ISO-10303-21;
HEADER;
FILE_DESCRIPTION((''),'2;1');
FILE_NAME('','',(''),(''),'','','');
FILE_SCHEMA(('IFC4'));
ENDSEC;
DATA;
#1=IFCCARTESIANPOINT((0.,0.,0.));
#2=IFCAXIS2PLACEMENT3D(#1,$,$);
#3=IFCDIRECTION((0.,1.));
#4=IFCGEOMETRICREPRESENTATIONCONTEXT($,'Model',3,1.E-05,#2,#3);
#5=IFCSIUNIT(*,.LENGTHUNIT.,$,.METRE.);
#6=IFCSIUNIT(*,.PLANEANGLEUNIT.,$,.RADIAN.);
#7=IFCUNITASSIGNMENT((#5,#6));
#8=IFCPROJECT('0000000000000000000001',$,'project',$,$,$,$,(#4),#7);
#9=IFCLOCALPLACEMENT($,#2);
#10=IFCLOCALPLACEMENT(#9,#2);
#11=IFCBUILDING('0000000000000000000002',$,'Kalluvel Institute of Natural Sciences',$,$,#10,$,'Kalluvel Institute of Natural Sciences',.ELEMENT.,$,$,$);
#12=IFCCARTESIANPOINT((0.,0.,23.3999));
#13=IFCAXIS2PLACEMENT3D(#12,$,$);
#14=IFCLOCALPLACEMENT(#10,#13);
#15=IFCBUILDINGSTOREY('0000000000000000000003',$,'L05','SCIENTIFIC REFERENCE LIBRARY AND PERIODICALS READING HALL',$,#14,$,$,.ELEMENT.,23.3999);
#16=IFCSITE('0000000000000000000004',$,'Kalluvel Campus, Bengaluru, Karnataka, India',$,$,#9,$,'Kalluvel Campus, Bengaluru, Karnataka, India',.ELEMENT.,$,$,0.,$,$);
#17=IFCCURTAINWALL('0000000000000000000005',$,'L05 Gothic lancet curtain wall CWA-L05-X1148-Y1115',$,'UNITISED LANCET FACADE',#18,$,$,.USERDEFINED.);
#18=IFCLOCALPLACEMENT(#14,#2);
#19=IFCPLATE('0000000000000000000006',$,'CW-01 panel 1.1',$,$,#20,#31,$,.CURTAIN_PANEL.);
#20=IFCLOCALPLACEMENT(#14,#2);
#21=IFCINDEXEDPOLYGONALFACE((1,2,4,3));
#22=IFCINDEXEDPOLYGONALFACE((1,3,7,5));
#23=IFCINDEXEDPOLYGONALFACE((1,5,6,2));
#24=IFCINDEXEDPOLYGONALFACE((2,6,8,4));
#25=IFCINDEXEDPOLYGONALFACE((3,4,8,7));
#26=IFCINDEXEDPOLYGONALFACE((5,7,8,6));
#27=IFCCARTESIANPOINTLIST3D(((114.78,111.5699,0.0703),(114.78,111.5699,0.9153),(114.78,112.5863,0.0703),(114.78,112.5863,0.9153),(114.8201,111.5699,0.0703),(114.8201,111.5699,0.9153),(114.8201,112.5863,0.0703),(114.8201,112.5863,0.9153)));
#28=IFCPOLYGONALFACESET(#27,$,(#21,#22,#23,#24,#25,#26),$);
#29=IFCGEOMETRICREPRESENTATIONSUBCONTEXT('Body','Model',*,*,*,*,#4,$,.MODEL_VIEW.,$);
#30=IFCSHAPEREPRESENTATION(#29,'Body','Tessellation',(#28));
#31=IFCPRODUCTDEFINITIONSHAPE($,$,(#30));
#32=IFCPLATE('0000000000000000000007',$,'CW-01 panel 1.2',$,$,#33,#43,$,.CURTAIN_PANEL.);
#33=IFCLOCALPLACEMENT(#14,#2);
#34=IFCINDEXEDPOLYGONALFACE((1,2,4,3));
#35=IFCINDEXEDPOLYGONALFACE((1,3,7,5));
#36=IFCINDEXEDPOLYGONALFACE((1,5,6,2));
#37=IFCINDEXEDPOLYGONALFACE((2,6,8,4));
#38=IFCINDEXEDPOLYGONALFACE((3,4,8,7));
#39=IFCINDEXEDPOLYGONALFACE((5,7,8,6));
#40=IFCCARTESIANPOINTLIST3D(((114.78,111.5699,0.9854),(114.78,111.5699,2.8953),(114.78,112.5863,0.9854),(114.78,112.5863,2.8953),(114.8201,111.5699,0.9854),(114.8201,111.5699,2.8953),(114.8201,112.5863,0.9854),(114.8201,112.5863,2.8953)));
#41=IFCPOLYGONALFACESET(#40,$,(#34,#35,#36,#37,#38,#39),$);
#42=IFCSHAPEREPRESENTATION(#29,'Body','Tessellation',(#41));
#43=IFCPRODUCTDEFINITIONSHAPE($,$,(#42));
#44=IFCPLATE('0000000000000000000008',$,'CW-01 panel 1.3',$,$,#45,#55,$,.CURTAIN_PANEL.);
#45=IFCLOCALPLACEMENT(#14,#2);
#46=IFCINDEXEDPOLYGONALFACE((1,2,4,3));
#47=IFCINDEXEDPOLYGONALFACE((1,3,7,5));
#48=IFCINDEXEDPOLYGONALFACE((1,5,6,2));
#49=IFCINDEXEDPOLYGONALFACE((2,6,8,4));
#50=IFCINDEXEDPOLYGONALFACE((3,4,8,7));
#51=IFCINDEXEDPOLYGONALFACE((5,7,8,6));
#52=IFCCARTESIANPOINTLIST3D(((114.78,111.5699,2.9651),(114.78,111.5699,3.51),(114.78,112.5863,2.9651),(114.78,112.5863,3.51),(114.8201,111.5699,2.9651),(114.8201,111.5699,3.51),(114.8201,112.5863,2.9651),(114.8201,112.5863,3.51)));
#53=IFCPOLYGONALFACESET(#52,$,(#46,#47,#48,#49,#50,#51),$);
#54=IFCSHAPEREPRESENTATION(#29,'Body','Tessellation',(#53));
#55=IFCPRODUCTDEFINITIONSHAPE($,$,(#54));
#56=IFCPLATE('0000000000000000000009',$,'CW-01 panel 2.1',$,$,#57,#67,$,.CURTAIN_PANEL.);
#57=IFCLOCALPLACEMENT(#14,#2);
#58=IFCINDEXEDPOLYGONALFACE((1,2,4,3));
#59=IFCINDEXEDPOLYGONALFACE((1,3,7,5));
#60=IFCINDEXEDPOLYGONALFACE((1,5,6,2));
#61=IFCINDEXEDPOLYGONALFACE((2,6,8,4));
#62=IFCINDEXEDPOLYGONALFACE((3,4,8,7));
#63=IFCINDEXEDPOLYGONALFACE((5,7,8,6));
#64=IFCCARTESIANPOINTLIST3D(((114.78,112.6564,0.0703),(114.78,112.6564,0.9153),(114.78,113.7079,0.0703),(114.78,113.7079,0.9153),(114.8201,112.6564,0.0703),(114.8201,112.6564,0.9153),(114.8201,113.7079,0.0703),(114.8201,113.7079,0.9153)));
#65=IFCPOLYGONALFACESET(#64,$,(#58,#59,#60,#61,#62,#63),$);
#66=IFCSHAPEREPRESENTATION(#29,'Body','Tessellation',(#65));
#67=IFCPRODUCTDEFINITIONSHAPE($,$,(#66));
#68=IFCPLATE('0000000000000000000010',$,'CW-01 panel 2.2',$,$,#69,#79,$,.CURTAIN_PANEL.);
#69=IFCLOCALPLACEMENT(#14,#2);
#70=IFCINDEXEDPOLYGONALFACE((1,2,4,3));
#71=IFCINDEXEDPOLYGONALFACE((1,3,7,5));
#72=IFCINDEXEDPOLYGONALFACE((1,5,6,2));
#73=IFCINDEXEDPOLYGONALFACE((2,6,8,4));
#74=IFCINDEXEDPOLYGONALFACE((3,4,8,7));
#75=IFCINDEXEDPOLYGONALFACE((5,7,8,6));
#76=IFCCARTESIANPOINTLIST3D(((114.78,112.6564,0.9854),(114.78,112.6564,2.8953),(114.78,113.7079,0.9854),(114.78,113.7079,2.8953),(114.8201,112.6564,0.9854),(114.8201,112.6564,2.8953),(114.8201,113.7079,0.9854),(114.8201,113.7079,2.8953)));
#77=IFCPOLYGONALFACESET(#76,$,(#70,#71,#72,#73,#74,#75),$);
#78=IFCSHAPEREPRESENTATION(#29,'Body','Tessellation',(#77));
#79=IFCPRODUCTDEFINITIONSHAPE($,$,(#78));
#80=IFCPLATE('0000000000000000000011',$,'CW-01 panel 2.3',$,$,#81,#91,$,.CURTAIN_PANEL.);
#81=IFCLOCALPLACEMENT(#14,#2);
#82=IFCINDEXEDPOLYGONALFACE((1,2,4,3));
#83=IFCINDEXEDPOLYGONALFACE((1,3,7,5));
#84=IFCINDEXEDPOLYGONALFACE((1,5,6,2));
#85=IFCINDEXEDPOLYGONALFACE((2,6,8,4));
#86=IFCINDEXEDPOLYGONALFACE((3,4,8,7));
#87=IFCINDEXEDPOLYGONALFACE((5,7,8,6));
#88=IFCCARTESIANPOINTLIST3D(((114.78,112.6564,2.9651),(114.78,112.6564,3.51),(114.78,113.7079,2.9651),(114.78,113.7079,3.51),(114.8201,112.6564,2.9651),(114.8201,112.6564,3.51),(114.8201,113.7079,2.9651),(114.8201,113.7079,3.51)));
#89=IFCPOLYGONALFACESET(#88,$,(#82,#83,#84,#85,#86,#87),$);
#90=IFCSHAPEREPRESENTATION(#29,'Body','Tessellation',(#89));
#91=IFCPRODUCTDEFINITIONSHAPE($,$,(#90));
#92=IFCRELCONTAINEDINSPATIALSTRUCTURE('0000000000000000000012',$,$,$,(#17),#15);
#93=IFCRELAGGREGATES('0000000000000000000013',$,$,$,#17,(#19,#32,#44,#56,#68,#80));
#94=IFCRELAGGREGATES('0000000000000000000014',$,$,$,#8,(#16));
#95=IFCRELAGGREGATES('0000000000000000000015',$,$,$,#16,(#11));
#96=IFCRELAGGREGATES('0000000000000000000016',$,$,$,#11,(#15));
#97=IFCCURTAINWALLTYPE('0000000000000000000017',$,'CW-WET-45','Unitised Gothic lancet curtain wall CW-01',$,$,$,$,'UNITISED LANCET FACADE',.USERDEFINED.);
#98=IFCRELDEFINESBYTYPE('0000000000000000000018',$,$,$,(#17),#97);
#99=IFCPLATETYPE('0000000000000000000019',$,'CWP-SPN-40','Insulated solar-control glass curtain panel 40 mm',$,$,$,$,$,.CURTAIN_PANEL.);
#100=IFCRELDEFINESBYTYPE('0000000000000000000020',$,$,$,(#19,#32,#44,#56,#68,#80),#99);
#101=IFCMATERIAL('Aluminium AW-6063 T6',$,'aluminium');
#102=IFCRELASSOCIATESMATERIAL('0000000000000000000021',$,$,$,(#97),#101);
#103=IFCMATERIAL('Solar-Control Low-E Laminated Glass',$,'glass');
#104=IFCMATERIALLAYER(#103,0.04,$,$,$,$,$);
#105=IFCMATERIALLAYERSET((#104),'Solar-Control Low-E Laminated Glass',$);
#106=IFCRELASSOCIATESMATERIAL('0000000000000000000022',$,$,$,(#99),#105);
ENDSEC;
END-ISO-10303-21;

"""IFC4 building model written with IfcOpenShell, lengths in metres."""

from ifc_helpers import new_model, si_unit, direction, frame, origin, origin_2d, place, context, subcontext, project, spatial, rectangle, extrude, material, layer, layer_set, type_object, element, aggregate, save


model = new_model("IFC4")

# Units and contexts
model_context = context("Model", 3, precision=1e-05, world=origin(), true_north=direction((0.0, 1.0)))
body_context = subcontext(model_context, "Body", "Model", "MODEL_VIEW")
ifc_project = project(units=[si_unit("LENGTHUNIT", "METRE"), si_unit("PLANEANGLEUNIT", "RADIAN")], contexts=[model_context])

# Site, building, storey
site_placement = place(None, origin())
site = spatial("IfcSite", under=ifc_project, at=site_placement, Name="Kalluvel Campus, Bengaluru, Karnataka, India", LongName="Kalluvel Campus, Bengaluru, Karnataka, India", CompositionType="ELEMENT", RefElevation=0.0)
building_placement = place(site_placement, origin())
building = spatial("IfcBuilding", under=site, at=building_placement, Name="Kalluvel Institute of Natural Sciences", LongName="Kalluvel Institute of Natural Sciences", CompositionType="ELEMENT")
storey_placement = place(building_placement, frame((0.0, 0.0, 23.3999)))
storey = spatial("IfcBuildingStorey", under=building, at=storey_placement, Name="L05", Description="SCIENTIFIC REFERENCE LIBRARY AND PERIODICALS READING HALL", CompositionType="ELEMENT", Elevation=23.3999)

# Curtain wall
ifc_material_1 = material(Name="Aluminium AW-6063 T6", Category="aluminium")
curtain_wall_type = type_object("IfcCurtainWallType", Name="CW-WET-45", Description="Unitised Gothic lancet curtain wall CW-01", ElementType="UNITISED LANCET FACADE", PredefinedType="USERDEFINED", material=ifc_material_1)
curtain_wall_1_placement = place(storey_placement, origin())
curtain_wall_1 = element("IfcCurtainWall", 1, at=curtain_wall_1_placement, inside=storey, type_object=curtain_wall_type, Name="L05 Gothic lancet curtain wall CWA-L05-X1148-Y1115", ObjectType="UNITISED LANCET FACADE", PredefinedType="USERDEFINED")

# Plates
ifc_material_2 = material(Name="Solar-Control Low-E Laminated Glass", Category="glass")
ifc_layer = layer(ifc_material_2, 0.04)
ifc_layer_set = layer_set([ifc_layer], Name="Solar-Control Low-E Laminated Glass")
plate_type = type_object("IfcPlateType", Name="CWP-SPN-40", Description="Insulated solar-control glass curtain panel 40 mm", PredefinedType="CURTAIN_PANEL", material=ifc_layer_set)
plate_1_placement = place(storey_placement, frame((114.8, 112.0781, 0.0703), z_axis=(0.0, 0.0, 1.0), x_axis=(0.0, 1.0, 0.0)))
plate_1 = element("IfcPlate", 2, at=plate_1_placement, type_object=plate_type, Name="CW-01 panel 1.1", PredefinedType="CURTAIN_PANEL", context=body_context, shape_type="SweptSolid", body=[
    extrude(rectangle(XDim=1.0164, YDim=0.04, at=origin_2d()), origin(), (0.0, 0.0, 1.0), 0.845),
])
plate_2_placement = place(storey_placement, frame((114.8, 112.0781, 0.9854), z_axis=(0.0, 0.0, 1.0), x_axis=(0.0, 1.0, 0.0)))
plate_2 = element("IfcPlate", 3, at=plate_2_placement, type_object=plate_type, Name="CW-01 panel 1.2", PredefinedType="CURTAIN_PANEL", context=body_context, shape_type="SweptSolid", body=[
    extrude(rectangle(XDim=1.0164, YDim=0.04, at=origin_2d()), origin(), (0.0, 0.0, 1.0), 1.9099),
])
plate_3_placement = place(storey_placement, frame((114.8, 112.0781, 2.9651), z_axis=(0.0, 0.0, 1.0), x_axis=(0.0, 1.0, 0.0)))
plate_3 = element("IfcPlate", 4, at=plate_3_placement, type_object=plate_type, Name="CW-01 panel 1.3", PredefinedType="CURTAIN_PANEL", context=body_context, shape_type="SweptSolid", body=[
    extrude(rectangle(XDim=1.0164, YDim=0.04, at=origin_2d()), origin(), (0.0, 0.0, 1.0), 0.5449),
])
plate_4_placement = place(storey_placement, frame((114.8, 113.1821, 0.0703), z_axis=(0.0, 0.0, 1.0), x_axis=(0.0, 1.0, 0.0)))
plate_4 = element("IfcPlate", 5, at=plate_4_placement, type_object=plate_type, Name="CW-01 panel 2.1", PredefinedType="CURTAIN_PANEL", context=body_context, shape_type="SweptSolid", body=[
    extrude(rectangle(XDim=1.0515, YDim=0.04, at=origin_2d()), origin(), (0.0, 0.0, 1.0), 0.845),
])
plate_5_placement = place(storey_placement, frame((114.8, 113.1821, 0.9854), z_axis=(0.0, 0.0, 1.0), x_axis=(0.0, 1.0, 0.0)))
plate_5 = element("IfcPlate", 6, at=plate_5_placement, type_object=plate_type, Name="CW-01 panel 2.2", PredefinedType="CURTAIN_PANEL", context=body_context, shape_type="SweptSolid", body=[
    extrude(rectangle(XDim=1.0515, YDim=0.04, at=origin_2d()), origin(), (0.0, 0.0, 1.0), 1.9099),
])
plate_6_placement = place(storey_placement, frame((114.8, 113.1821, 2.9651), z_axis=(0.0, 0.0, 1.0), x_axis=(0.0, 1.0, 0.0)))
plate_6 = element("IfcPlate", 7, at=plate_6_placement, type_object=plate_type, Name="CW-01 panel 2.3", PredefinedType="CURTAIN_PANEL", context=body_context, shape_type="SweptSolid", body=[
    extrude(rectangle(XDim=1.0515, YDim=0.04, at=origin_2d()), origin(), (0.0, 0.0, 1.0), 0.5449),
])
aggregate(curtain_wall_1, [plate_1, plate_2, plate_3, plate_4, plate_5, plate_6])

save(model, "model.ifc")
